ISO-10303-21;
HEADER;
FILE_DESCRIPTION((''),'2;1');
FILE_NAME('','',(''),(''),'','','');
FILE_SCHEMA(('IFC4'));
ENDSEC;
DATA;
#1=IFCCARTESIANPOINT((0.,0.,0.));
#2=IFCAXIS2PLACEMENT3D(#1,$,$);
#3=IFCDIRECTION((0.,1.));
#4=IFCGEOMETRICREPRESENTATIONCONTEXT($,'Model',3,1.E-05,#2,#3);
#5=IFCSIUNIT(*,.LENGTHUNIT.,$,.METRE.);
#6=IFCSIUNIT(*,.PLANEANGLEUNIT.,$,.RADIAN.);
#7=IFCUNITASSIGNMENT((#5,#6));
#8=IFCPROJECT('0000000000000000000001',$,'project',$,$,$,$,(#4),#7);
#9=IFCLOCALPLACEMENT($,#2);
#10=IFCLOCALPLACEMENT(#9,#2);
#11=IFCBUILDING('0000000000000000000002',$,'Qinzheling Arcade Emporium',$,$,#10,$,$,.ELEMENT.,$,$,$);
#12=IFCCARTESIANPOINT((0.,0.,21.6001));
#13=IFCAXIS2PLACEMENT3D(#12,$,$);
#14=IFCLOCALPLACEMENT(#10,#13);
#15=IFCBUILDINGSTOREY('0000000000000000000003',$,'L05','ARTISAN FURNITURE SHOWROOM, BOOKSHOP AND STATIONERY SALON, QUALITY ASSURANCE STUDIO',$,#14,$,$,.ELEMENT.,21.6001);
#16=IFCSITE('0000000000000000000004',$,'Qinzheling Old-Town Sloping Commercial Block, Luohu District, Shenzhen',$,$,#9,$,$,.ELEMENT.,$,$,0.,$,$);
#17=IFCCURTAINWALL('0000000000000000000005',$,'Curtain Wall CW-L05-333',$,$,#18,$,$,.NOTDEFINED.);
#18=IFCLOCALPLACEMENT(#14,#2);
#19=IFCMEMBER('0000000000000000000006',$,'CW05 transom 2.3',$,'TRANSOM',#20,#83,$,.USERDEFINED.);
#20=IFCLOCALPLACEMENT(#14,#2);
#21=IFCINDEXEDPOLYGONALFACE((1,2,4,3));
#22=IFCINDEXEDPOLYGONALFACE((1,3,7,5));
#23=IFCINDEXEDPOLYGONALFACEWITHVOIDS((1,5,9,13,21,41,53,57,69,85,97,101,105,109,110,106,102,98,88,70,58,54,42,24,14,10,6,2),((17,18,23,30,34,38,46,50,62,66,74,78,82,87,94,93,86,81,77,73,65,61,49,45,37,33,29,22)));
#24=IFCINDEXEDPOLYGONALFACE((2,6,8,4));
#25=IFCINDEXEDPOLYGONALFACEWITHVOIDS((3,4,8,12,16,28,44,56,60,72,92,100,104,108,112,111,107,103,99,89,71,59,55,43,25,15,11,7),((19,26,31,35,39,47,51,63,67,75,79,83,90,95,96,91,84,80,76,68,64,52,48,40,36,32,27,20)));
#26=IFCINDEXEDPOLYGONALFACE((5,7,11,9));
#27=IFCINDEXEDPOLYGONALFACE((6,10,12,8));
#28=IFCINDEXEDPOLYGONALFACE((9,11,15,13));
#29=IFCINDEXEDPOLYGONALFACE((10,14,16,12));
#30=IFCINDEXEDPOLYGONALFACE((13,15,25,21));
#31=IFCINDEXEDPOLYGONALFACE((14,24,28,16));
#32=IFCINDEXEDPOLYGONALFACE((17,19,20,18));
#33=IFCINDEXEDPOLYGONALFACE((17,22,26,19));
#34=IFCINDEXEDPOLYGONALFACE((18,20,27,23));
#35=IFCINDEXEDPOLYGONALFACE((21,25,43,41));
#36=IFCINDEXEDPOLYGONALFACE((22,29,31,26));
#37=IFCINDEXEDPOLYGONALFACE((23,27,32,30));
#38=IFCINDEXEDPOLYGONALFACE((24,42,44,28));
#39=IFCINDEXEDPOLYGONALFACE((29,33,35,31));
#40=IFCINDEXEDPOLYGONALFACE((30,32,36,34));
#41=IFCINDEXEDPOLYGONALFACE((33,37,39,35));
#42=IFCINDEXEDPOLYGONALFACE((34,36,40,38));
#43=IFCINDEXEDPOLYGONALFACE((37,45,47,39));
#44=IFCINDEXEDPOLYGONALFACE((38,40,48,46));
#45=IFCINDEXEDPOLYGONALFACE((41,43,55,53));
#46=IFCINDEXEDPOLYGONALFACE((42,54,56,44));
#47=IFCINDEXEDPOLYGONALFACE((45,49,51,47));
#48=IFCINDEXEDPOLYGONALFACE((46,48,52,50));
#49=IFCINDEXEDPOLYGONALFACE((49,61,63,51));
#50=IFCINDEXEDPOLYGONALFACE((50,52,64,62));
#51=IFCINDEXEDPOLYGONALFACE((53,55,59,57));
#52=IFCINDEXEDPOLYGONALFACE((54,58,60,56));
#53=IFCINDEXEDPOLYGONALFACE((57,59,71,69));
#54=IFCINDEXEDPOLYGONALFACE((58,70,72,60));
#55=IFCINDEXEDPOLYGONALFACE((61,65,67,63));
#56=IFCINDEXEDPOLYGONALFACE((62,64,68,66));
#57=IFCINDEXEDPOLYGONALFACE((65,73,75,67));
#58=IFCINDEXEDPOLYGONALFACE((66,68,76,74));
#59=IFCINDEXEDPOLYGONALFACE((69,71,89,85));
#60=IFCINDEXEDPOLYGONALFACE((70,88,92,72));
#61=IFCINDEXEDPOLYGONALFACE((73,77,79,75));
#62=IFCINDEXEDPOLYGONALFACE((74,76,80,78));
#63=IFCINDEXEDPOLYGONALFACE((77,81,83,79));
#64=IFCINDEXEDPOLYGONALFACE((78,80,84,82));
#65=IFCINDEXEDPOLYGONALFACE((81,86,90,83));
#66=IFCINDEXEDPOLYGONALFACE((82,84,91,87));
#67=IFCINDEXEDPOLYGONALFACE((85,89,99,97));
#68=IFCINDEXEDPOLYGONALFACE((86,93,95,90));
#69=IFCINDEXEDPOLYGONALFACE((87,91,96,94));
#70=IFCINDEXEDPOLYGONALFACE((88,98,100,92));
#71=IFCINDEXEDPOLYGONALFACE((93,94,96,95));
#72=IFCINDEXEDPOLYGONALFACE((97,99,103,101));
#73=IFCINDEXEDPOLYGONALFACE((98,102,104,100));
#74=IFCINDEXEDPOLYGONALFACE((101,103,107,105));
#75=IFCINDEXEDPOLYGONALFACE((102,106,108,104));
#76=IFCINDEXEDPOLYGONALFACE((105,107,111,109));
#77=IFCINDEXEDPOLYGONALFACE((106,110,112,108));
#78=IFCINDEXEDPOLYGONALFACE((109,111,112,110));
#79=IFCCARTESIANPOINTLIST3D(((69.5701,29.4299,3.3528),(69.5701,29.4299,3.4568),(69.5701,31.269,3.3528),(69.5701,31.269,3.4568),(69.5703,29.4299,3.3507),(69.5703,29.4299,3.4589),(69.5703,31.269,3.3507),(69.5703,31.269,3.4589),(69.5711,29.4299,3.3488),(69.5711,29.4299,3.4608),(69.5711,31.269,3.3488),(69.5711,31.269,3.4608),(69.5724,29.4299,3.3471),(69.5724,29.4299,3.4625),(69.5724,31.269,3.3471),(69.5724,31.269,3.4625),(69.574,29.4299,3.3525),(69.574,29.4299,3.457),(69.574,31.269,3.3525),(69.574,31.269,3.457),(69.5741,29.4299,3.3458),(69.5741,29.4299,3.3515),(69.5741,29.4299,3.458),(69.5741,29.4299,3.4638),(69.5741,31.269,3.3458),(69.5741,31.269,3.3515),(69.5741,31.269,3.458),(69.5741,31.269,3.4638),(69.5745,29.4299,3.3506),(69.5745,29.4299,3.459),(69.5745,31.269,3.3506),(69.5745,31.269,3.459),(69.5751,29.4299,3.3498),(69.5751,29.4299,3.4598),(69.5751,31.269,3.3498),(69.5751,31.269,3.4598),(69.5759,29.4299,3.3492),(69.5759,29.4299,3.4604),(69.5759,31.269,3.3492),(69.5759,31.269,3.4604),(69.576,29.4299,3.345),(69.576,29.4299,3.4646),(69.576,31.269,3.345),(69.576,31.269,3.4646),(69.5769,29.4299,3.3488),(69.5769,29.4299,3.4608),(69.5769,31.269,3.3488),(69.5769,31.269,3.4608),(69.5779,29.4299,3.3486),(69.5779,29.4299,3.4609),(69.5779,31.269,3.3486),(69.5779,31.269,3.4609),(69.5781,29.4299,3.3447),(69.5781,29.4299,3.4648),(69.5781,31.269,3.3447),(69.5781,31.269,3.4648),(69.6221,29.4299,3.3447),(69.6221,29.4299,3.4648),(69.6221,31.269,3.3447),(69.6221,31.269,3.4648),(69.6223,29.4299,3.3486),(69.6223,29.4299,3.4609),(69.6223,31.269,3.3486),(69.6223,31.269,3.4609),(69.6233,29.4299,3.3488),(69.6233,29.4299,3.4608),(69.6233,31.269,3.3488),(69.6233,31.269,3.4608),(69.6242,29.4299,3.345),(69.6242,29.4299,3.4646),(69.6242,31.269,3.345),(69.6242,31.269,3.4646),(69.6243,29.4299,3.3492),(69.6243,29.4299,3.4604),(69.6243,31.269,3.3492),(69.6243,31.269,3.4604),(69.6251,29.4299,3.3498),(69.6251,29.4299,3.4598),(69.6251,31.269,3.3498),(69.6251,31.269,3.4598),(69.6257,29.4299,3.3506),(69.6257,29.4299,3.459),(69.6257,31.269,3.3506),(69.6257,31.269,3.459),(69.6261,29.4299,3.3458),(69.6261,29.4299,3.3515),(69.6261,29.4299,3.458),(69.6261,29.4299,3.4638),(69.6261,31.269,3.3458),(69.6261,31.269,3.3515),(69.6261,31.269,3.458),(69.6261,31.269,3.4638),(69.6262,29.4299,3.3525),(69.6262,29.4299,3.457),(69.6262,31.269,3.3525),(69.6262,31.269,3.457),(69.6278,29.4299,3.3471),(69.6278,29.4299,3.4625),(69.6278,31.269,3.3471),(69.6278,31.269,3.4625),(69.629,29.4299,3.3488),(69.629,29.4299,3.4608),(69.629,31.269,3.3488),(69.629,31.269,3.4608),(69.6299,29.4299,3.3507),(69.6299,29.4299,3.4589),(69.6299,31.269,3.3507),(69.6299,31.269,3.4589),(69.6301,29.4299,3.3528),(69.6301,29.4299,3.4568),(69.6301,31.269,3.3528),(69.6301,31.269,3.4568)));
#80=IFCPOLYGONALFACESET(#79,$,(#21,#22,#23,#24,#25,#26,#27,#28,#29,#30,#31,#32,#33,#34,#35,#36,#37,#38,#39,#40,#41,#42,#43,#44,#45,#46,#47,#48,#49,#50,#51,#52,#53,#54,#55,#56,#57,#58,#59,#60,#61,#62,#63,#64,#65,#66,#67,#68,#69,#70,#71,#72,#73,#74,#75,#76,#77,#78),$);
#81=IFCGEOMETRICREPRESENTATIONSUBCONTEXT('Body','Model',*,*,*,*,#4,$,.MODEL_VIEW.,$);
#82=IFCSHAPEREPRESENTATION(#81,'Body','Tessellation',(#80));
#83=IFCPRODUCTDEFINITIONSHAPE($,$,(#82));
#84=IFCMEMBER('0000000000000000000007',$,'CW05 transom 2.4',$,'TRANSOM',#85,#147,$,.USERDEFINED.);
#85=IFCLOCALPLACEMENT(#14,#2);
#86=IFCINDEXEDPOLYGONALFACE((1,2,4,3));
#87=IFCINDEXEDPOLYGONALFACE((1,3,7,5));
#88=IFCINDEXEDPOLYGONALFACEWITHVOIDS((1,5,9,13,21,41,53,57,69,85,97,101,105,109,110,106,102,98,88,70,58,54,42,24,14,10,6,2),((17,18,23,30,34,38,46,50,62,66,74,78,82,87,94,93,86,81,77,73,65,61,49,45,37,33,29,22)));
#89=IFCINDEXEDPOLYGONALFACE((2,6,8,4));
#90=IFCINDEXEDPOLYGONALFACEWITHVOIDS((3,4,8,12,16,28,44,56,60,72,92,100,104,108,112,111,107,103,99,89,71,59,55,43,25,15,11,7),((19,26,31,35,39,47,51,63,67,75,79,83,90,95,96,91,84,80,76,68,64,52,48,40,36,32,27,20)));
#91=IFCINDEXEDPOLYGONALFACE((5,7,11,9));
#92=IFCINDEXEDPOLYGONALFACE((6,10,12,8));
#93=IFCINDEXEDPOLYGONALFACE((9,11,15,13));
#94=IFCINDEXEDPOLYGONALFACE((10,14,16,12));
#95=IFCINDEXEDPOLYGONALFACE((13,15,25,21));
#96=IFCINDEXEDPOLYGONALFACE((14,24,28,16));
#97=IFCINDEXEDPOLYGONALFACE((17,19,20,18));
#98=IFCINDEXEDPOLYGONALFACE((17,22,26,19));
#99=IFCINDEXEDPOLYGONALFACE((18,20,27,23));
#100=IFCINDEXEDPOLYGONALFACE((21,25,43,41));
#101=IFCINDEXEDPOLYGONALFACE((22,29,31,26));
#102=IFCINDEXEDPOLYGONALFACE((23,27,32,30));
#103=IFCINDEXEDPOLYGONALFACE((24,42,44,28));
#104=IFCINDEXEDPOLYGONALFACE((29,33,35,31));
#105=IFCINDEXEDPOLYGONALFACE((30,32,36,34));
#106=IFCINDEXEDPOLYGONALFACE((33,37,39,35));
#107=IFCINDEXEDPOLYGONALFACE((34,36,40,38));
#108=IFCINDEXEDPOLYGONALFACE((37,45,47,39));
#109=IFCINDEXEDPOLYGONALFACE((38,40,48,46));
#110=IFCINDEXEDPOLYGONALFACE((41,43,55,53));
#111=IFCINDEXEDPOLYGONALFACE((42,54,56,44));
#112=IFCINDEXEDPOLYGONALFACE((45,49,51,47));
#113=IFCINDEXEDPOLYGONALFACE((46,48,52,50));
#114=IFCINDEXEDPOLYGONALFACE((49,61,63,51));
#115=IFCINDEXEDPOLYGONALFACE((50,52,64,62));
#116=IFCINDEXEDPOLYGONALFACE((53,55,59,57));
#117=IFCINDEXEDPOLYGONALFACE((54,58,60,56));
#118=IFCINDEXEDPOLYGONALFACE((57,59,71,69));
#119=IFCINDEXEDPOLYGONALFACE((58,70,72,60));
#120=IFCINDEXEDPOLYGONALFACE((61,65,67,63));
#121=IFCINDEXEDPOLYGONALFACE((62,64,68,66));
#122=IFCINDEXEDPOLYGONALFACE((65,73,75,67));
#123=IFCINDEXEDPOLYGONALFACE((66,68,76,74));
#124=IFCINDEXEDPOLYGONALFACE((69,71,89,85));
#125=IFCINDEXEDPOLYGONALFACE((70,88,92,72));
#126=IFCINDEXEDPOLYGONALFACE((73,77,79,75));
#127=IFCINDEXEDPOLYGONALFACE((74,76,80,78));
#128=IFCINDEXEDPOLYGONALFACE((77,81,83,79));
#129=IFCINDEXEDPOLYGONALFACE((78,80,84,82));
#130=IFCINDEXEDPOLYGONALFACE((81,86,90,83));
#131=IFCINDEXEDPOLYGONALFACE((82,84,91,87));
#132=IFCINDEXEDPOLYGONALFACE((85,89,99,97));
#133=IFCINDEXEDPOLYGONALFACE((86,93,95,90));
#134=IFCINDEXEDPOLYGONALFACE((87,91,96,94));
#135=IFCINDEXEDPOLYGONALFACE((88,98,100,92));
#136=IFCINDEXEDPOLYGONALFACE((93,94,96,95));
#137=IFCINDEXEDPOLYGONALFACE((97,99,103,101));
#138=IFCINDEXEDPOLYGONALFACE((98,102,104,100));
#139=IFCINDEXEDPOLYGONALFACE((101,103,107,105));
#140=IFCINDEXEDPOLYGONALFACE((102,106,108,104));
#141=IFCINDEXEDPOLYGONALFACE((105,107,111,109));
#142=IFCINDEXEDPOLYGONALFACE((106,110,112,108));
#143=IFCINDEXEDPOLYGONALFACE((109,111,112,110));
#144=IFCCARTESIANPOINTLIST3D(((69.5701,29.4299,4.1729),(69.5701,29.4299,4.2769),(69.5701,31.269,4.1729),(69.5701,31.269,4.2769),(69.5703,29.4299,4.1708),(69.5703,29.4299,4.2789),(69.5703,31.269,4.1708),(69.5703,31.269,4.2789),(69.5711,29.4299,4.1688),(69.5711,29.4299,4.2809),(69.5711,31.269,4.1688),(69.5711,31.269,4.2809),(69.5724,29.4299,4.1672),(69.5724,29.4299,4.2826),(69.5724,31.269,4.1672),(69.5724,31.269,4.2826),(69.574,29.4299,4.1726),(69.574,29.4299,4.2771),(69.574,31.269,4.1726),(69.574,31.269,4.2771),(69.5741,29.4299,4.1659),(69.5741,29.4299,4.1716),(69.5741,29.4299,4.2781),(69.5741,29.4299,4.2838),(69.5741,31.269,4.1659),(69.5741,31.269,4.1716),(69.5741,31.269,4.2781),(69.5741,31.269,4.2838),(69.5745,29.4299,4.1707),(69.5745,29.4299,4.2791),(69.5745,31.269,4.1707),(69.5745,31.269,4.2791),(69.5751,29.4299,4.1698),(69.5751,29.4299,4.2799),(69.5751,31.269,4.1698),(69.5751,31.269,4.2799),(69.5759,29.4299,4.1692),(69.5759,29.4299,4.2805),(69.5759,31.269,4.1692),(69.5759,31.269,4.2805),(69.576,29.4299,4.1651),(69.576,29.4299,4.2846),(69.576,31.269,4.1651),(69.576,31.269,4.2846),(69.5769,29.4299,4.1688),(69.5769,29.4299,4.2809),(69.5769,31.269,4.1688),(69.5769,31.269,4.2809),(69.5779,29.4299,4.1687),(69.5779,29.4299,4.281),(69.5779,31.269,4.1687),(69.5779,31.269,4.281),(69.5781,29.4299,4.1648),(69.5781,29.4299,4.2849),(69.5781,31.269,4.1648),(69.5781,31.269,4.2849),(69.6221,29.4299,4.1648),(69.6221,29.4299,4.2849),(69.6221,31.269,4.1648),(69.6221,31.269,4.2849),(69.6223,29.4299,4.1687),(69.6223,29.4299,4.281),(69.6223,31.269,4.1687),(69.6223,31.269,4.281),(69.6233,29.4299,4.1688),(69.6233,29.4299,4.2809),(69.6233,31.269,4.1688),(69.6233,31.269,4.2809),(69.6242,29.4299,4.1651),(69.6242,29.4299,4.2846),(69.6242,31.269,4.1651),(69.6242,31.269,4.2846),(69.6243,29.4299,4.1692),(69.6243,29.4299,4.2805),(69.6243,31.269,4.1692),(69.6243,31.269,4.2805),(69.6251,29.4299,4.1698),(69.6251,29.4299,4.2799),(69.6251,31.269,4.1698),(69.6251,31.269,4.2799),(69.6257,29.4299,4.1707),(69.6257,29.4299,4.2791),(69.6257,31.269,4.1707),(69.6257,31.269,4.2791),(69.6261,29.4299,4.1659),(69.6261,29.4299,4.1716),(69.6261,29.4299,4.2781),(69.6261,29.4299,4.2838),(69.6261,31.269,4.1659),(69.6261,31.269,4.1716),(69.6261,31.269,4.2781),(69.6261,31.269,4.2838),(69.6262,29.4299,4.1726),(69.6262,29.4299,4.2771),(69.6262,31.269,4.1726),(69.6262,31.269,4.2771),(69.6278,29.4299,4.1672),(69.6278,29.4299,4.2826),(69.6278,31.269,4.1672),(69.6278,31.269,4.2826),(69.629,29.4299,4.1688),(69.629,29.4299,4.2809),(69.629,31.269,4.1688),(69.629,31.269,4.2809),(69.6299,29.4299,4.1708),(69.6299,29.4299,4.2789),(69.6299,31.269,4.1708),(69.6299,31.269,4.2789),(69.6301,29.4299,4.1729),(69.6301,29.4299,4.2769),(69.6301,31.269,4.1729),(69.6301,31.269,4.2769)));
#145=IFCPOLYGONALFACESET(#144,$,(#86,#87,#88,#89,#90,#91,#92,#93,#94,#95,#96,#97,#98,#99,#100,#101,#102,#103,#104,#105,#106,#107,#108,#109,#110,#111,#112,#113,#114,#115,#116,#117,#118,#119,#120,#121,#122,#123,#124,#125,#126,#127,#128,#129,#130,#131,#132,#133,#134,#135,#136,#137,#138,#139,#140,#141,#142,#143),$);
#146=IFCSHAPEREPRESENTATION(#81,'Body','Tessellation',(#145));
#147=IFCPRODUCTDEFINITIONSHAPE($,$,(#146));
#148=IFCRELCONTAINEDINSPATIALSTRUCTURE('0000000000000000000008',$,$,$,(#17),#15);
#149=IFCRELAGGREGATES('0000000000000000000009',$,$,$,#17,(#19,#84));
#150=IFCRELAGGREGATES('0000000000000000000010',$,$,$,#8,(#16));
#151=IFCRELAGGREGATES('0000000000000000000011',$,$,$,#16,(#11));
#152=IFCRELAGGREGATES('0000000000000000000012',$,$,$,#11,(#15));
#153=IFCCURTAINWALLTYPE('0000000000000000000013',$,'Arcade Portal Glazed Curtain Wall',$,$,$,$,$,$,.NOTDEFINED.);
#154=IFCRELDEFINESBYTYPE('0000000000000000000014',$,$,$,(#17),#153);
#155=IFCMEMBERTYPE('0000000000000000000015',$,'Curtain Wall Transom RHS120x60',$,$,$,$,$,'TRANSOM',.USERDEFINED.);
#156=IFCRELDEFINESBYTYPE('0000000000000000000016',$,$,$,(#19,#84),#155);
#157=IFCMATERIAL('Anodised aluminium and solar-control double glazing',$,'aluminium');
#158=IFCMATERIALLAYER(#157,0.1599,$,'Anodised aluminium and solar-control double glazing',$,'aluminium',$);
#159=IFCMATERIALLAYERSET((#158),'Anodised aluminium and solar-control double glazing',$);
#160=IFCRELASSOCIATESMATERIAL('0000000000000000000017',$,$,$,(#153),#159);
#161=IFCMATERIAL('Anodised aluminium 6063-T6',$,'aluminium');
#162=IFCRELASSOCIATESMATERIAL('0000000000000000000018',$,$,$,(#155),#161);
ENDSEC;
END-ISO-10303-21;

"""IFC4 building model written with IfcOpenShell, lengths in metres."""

from ifc_helpers import new_model, si_unit, direction, frame, origin, origin_2d, place, context, subcontext, project, spatial, hollow_rectangle, extrude, material, layer, layer_set, material_profile, profile_set, type_object, element, aggregate, save


model = new_model("IFC4")

# Units and contexts
model_context = context("Model", 3, precision=1e-05, world=origin(), true_north=direction((0.0, 1.0)))
body_context = subcontext(model_context, "Body", "Model", "MODEL_VIEW")
ifc_project = project(units=[si_unit("LENGTHUNIT", "METRE"), si_unit("PLANEANGLEUNIT", "RADIAN")], contexts=[model_context])

# Site, building, storey
site_placement = place(None, origin())
site = spatial("IfcSite", under=ifc_project, at=site_placement, Name="Qinzheling Old-Town Sloping Commercial Block, Luohu District, Shenzhen", CompositionType="ELEMENT", RefElevation=0.0)
building_placement = place(site_placement, origin())
building = spatial("IfcBuilding", under=site, at=building_placement, Name="Qinzheling Arcade Emporium", CompositionType="ELEMENT")
storey_placement = place(building_placement, frame((0.0, 0.0, 21.6001)))
storey = spatial("IfcBuildingStorey", under=building, at=storey_placement, Name="L05", Description="ARTISAN FURNITURE SHOWROOM, BOOKSHOP AND STATIONERY SALON, QUALITY ASSURANCE STUDIO", CompositionType="ELEMENT", Elevation=21.6001)

# Curtain wall, members
ifc_material_1 = material(Name="Anodised aluminium and solar-control double glazing", Category="aluminium")
ifc_layer_1 = layer(ifc_material_1, 0.1599, Name="Anodised aluminium and solar-control double glazing", Category="aluminium")
ifc_layer_set_1 = layer_set([ifc_layer_1], Name="Anodised aluminium and solar-control double glazing")
curtain_wall_type = type_object("IfcCurtainWallType", Name="Arcade Portal Glazed Curtain Wall", PredefinedType="NOTDEFINED", material=ifc_layer_set_1)
curtain_wall_placement = place(storey_placement, origin())
curtain_wall = element("IfcCurtainWall", 1, at=curtain_wall_placement, inside=storey, type_object=curtain_wall_type, Name="Curtain Wall CW-L05-333", PredefinedType="NOTDEFINED")
ifc_material_2 = material(Name="Anodised aluminium 6063-T6", Category="aluminium")
ifc_material_profile_1 = material_profile(ifc_material_2, hollow_rectangle(XDim=0.0601, YDim=0.1201, WallThickness=0.0039, InnerFilletRadius=0.0039, OuterFilletRadius=0.0081, at=origin_2d()), Name="RHS 120x60x4", Category="aluminium")
ifc_profile_set_1 = profile_set([ifc_material_profile_1], Name="Anodised aluminium 6063-T6")
member_type_1 = type_object("IfcMemberType", Name="Curtain Wall Transom RHS120x60", ElementType="TRANSOM", PredefinedType="USERDEFINED", material=ifc_profile_set_1)
member_1_placement = place(storey_placement, frame((69.6001, 31.269, 3.4048), z_axis=(0.0, -1.0, 0.0), x_axis=(1.0, 0.0, 0.0)))
member_1 = element("IfcMember", 2, at=member_1_placement, type_object=member_type_1, Name="CW05 transom 2.3", ObjectType="TRANSOM", PredefinedType="USERDEFINED", context=body_context, shape_type="SweptSolid", body=[
    extrude(hollow_rectangle(XDim=0.0601, YDim=0.1201, WallThickness=0.0039, InnerFilletRadius=0.0039, OuterFilletRadius=0.0081, at=origin_2d()), origin(), (0.0, 0.0, 1.0), 1.8391),
])
member_2_placement = place(storey_placement, frame((69.6001, 31.269, 4.2249), z_axis=(0.0, -1.0, 0.0), x_axis=(1.0, 0.0, 0.0)))
member_2 = element("IfcMember", 3, at=member_2_placement, type_object=member_type_1, Name="CW05 transom 2.4", ObjectType="TRANSOM", PredefinedType="USERDEFINED", context=body_context, shape_type="SweptSolid", body=[
    extrude(hollow_rectangle(XDim=0.0601, YDim=0.1201, WallThickness=0.0039, InnerFilletRadius=0.0039, OuterFilletRadius=0.0081, at=origin_2d()), origin(), (0.0, 0.0, 1.0), 1.8391),
])

aggregate(curtain_wall, [member_1, member_2])

save(model, "model.ifc")
